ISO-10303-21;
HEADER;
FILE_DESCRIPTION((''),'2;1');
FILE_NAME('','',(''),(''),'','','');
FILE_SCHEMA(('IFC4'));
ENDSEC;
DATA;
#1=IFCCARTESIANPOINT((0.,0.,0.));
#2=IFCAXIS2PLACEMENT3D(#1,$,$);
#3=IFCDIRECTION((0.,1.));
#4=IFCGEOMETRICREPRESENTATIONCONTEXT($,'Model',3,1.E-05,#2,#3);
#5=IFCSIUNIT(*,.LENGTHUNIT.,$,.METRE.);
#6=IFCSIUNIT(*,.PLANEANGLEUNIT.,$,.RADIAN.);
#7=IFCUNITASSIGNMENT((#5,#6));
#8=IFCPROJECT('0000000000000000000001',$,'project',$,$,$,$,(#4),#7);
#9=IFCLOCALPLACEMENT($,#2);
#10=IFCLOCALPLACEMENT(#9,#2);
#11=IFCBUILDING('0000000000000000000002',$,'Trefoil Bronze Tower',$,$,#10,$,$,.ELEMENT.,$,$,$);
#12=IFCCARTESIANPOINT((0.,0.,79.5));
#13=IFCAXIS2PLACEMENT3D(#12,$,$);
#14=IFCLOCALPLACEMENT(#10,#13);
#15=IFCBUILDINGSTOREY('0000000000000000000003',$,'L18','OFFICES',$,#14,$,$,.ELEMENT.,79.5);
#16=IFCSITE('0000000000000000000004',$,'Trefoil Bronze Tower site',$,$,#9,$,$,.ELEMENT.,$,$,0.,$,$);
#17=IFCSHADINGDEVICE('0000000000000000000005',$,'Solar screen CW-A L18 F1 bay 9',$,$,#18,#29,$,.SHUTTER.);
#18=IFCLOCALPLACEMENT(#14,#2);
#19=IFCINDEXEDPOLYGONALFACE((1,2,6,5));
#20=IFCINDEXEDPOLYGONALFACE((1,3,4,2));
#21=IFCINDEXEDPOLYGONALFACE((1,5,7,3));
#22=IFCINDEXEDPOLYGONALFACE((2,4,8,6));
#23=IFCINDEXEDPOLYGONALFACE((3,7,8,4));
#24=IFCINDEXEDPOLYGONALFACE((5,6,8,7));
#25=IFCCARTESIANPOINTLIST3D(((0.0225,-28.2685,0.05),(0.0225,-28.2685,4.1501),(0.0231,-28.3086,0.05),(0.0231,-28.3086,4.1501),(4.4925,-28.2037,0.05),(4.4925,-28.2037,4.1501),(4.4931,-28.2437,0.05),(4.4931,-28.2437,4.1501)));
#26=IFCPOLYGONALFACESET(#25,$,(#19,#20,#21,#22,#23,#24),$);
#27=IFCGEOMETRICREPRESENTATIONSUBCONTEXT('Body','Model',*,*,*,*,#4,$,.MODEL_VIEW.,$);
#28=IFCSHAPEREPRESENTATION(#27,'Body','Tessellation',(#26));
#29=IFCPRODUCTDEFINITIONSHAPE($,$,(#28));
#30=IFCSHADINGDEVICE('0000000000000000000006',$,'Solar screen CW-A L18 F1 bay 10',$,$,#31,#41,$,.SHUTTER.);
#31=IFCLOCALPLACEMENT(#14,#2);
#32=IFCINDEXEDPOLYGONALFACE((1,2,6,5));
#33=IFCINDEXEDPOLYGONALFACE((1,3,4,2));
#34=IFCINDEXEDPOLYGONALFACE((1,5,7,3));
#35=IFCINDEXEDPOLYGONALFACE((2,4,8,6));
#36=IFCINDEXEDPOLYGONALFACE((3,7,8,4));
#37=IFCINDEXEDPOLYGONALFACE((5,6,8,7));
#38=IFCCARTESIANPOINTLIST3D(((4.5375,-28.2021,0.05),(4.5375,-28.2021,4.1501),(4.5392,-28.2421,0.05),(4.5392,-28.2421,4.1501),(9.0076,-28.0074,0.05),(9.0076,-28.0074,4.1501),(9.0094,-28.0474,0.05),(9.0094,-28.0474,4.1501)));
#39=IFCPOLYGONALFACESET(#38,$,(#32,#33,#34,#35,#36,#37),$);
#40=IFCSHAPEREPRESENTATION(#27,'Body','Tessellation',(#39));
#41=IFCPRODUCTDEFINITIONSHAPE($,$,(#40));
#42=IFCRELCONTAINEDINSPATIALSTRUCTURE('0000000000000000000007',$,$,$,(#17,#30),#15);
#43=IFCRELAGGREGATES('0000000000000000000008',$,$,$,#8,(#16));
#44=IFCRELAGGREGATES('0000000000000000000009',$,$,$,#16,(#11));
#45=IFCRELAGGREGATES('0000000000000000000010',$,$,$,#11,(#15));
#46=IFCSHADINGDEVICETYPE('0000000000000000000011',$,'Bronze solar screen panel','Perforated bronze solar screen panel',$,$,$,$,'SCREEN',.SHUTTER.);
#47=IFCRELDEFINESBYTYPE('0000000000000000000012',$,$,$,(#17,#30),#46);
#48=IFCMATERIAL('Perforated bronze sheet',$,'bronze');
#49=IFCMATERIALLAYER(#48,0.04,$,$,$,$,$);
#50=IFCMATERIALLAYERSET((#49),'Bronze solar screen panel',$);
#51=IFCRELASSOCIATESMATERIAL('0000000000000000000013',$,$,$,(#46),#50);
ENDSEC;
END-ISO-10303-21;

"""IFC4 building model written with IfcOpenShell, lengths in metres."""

from ifc_helpers import new_model, si_unit, direction, frame, origin, origin_2d, place, context, subcontext, project, spatial, rectangle, extrude, material, layer, layer_set, type_object, element, save


model = new_model("IFC4")

# Units and contexts
model_context = context("Model", 3, precision=1e-05, world=origin(), true_north=direction((0.0, 1.0)))
body_context = subcontext(model_context, "Body", "Model", "MODEL_VIEW")
ifc_project = project(units=[si_unit("LENGTHUNIT", "METRE"), si_unit("PLANEANGLEUNIT", "RADIAN")], contexts=[model_context])

# Site, building, storey
site_placement = place(None, origin())
site = spatial("IfcSite", under=ifc_project, at=site_placement, Name="Trefoil Bronze Tower site", CompositionType="ELEMENT", RefElevation=0.0)
building_placement = place(site_placement, origin())
building = spatial("IfcBuilding", under=site, at=building_placement, Name="Trefoil Bronze Tower", CompositionType="ELEMENT")
storey_placement = place(building_placement, frame((0.0, 0.0, 79.5)))
storey = spatial("IfcBuildingStorey", under=building, at=storey_placement, Name="L18", Description="OFFICES", CompositionType="ELEMENT", Elevation=79.5)

# Shading devices
ifc_material_1 = material(Name="Perforated bronze sheet", Category="bronze")
ifc_layer_1 = layer(ifc_material_1, 0.04)
ifc_layer_set_1 = layer_set([ifc_layer_1], Name="Bronze solar screen panel")
shading_device_type = type_object("IfcShadingDeviceType", Name="Bronze solar screen panel", Description="Perforated bronze solar screen panel", ElementType="SCREEN", PredefinedType="SHUTTER", material=ifc_layer_set_1)
shading_device_1_placement = place(storey_placement, frame((2.2578, -28.2561, 0.05), z_axis=(0.0, 0.0, 1.0), x_axis=(0.999895, 0.014509, 0.0)))
element("IfcShadingDevice", 1, at=shading_device_1_placement, inside=storey, type_object=shading_device_type, Name="Solar screen CW-A L18 F1 bay 9", PredefinedType="SHUTTER", context=body_context, shape_type="SweptSolid", body=[
    extrude(rectangle(XDim=4.4705, YDim=0.04, at=origin_2d()), origin(), (0.0, 0.0, 1.0), 4.1001),
])
shading_device_2_placement = place(storey_placement, frame((6.7734, -28.1248, 0.05), z_axis=(0.0, 0.0, 1.0), x_axis=(0.999052, 0.043528, 0.0)))
element("IfcShadingDevice", 2, at=shading_device_2_placement, inside=storey, type_object=shading_device_type, Name="Solar screen CW-A L18 F1 bay 10", PredefinedType="SHUTTER", context=body_context, shape_type="SweptSolid", body=[
    extrude(rectangle(XDim=4.4744, YDim=0.04, at=origin_2d()), origin(), (0.0, 0.0, 1.0), 4.1001),
])

save(model, "model.ifc")
